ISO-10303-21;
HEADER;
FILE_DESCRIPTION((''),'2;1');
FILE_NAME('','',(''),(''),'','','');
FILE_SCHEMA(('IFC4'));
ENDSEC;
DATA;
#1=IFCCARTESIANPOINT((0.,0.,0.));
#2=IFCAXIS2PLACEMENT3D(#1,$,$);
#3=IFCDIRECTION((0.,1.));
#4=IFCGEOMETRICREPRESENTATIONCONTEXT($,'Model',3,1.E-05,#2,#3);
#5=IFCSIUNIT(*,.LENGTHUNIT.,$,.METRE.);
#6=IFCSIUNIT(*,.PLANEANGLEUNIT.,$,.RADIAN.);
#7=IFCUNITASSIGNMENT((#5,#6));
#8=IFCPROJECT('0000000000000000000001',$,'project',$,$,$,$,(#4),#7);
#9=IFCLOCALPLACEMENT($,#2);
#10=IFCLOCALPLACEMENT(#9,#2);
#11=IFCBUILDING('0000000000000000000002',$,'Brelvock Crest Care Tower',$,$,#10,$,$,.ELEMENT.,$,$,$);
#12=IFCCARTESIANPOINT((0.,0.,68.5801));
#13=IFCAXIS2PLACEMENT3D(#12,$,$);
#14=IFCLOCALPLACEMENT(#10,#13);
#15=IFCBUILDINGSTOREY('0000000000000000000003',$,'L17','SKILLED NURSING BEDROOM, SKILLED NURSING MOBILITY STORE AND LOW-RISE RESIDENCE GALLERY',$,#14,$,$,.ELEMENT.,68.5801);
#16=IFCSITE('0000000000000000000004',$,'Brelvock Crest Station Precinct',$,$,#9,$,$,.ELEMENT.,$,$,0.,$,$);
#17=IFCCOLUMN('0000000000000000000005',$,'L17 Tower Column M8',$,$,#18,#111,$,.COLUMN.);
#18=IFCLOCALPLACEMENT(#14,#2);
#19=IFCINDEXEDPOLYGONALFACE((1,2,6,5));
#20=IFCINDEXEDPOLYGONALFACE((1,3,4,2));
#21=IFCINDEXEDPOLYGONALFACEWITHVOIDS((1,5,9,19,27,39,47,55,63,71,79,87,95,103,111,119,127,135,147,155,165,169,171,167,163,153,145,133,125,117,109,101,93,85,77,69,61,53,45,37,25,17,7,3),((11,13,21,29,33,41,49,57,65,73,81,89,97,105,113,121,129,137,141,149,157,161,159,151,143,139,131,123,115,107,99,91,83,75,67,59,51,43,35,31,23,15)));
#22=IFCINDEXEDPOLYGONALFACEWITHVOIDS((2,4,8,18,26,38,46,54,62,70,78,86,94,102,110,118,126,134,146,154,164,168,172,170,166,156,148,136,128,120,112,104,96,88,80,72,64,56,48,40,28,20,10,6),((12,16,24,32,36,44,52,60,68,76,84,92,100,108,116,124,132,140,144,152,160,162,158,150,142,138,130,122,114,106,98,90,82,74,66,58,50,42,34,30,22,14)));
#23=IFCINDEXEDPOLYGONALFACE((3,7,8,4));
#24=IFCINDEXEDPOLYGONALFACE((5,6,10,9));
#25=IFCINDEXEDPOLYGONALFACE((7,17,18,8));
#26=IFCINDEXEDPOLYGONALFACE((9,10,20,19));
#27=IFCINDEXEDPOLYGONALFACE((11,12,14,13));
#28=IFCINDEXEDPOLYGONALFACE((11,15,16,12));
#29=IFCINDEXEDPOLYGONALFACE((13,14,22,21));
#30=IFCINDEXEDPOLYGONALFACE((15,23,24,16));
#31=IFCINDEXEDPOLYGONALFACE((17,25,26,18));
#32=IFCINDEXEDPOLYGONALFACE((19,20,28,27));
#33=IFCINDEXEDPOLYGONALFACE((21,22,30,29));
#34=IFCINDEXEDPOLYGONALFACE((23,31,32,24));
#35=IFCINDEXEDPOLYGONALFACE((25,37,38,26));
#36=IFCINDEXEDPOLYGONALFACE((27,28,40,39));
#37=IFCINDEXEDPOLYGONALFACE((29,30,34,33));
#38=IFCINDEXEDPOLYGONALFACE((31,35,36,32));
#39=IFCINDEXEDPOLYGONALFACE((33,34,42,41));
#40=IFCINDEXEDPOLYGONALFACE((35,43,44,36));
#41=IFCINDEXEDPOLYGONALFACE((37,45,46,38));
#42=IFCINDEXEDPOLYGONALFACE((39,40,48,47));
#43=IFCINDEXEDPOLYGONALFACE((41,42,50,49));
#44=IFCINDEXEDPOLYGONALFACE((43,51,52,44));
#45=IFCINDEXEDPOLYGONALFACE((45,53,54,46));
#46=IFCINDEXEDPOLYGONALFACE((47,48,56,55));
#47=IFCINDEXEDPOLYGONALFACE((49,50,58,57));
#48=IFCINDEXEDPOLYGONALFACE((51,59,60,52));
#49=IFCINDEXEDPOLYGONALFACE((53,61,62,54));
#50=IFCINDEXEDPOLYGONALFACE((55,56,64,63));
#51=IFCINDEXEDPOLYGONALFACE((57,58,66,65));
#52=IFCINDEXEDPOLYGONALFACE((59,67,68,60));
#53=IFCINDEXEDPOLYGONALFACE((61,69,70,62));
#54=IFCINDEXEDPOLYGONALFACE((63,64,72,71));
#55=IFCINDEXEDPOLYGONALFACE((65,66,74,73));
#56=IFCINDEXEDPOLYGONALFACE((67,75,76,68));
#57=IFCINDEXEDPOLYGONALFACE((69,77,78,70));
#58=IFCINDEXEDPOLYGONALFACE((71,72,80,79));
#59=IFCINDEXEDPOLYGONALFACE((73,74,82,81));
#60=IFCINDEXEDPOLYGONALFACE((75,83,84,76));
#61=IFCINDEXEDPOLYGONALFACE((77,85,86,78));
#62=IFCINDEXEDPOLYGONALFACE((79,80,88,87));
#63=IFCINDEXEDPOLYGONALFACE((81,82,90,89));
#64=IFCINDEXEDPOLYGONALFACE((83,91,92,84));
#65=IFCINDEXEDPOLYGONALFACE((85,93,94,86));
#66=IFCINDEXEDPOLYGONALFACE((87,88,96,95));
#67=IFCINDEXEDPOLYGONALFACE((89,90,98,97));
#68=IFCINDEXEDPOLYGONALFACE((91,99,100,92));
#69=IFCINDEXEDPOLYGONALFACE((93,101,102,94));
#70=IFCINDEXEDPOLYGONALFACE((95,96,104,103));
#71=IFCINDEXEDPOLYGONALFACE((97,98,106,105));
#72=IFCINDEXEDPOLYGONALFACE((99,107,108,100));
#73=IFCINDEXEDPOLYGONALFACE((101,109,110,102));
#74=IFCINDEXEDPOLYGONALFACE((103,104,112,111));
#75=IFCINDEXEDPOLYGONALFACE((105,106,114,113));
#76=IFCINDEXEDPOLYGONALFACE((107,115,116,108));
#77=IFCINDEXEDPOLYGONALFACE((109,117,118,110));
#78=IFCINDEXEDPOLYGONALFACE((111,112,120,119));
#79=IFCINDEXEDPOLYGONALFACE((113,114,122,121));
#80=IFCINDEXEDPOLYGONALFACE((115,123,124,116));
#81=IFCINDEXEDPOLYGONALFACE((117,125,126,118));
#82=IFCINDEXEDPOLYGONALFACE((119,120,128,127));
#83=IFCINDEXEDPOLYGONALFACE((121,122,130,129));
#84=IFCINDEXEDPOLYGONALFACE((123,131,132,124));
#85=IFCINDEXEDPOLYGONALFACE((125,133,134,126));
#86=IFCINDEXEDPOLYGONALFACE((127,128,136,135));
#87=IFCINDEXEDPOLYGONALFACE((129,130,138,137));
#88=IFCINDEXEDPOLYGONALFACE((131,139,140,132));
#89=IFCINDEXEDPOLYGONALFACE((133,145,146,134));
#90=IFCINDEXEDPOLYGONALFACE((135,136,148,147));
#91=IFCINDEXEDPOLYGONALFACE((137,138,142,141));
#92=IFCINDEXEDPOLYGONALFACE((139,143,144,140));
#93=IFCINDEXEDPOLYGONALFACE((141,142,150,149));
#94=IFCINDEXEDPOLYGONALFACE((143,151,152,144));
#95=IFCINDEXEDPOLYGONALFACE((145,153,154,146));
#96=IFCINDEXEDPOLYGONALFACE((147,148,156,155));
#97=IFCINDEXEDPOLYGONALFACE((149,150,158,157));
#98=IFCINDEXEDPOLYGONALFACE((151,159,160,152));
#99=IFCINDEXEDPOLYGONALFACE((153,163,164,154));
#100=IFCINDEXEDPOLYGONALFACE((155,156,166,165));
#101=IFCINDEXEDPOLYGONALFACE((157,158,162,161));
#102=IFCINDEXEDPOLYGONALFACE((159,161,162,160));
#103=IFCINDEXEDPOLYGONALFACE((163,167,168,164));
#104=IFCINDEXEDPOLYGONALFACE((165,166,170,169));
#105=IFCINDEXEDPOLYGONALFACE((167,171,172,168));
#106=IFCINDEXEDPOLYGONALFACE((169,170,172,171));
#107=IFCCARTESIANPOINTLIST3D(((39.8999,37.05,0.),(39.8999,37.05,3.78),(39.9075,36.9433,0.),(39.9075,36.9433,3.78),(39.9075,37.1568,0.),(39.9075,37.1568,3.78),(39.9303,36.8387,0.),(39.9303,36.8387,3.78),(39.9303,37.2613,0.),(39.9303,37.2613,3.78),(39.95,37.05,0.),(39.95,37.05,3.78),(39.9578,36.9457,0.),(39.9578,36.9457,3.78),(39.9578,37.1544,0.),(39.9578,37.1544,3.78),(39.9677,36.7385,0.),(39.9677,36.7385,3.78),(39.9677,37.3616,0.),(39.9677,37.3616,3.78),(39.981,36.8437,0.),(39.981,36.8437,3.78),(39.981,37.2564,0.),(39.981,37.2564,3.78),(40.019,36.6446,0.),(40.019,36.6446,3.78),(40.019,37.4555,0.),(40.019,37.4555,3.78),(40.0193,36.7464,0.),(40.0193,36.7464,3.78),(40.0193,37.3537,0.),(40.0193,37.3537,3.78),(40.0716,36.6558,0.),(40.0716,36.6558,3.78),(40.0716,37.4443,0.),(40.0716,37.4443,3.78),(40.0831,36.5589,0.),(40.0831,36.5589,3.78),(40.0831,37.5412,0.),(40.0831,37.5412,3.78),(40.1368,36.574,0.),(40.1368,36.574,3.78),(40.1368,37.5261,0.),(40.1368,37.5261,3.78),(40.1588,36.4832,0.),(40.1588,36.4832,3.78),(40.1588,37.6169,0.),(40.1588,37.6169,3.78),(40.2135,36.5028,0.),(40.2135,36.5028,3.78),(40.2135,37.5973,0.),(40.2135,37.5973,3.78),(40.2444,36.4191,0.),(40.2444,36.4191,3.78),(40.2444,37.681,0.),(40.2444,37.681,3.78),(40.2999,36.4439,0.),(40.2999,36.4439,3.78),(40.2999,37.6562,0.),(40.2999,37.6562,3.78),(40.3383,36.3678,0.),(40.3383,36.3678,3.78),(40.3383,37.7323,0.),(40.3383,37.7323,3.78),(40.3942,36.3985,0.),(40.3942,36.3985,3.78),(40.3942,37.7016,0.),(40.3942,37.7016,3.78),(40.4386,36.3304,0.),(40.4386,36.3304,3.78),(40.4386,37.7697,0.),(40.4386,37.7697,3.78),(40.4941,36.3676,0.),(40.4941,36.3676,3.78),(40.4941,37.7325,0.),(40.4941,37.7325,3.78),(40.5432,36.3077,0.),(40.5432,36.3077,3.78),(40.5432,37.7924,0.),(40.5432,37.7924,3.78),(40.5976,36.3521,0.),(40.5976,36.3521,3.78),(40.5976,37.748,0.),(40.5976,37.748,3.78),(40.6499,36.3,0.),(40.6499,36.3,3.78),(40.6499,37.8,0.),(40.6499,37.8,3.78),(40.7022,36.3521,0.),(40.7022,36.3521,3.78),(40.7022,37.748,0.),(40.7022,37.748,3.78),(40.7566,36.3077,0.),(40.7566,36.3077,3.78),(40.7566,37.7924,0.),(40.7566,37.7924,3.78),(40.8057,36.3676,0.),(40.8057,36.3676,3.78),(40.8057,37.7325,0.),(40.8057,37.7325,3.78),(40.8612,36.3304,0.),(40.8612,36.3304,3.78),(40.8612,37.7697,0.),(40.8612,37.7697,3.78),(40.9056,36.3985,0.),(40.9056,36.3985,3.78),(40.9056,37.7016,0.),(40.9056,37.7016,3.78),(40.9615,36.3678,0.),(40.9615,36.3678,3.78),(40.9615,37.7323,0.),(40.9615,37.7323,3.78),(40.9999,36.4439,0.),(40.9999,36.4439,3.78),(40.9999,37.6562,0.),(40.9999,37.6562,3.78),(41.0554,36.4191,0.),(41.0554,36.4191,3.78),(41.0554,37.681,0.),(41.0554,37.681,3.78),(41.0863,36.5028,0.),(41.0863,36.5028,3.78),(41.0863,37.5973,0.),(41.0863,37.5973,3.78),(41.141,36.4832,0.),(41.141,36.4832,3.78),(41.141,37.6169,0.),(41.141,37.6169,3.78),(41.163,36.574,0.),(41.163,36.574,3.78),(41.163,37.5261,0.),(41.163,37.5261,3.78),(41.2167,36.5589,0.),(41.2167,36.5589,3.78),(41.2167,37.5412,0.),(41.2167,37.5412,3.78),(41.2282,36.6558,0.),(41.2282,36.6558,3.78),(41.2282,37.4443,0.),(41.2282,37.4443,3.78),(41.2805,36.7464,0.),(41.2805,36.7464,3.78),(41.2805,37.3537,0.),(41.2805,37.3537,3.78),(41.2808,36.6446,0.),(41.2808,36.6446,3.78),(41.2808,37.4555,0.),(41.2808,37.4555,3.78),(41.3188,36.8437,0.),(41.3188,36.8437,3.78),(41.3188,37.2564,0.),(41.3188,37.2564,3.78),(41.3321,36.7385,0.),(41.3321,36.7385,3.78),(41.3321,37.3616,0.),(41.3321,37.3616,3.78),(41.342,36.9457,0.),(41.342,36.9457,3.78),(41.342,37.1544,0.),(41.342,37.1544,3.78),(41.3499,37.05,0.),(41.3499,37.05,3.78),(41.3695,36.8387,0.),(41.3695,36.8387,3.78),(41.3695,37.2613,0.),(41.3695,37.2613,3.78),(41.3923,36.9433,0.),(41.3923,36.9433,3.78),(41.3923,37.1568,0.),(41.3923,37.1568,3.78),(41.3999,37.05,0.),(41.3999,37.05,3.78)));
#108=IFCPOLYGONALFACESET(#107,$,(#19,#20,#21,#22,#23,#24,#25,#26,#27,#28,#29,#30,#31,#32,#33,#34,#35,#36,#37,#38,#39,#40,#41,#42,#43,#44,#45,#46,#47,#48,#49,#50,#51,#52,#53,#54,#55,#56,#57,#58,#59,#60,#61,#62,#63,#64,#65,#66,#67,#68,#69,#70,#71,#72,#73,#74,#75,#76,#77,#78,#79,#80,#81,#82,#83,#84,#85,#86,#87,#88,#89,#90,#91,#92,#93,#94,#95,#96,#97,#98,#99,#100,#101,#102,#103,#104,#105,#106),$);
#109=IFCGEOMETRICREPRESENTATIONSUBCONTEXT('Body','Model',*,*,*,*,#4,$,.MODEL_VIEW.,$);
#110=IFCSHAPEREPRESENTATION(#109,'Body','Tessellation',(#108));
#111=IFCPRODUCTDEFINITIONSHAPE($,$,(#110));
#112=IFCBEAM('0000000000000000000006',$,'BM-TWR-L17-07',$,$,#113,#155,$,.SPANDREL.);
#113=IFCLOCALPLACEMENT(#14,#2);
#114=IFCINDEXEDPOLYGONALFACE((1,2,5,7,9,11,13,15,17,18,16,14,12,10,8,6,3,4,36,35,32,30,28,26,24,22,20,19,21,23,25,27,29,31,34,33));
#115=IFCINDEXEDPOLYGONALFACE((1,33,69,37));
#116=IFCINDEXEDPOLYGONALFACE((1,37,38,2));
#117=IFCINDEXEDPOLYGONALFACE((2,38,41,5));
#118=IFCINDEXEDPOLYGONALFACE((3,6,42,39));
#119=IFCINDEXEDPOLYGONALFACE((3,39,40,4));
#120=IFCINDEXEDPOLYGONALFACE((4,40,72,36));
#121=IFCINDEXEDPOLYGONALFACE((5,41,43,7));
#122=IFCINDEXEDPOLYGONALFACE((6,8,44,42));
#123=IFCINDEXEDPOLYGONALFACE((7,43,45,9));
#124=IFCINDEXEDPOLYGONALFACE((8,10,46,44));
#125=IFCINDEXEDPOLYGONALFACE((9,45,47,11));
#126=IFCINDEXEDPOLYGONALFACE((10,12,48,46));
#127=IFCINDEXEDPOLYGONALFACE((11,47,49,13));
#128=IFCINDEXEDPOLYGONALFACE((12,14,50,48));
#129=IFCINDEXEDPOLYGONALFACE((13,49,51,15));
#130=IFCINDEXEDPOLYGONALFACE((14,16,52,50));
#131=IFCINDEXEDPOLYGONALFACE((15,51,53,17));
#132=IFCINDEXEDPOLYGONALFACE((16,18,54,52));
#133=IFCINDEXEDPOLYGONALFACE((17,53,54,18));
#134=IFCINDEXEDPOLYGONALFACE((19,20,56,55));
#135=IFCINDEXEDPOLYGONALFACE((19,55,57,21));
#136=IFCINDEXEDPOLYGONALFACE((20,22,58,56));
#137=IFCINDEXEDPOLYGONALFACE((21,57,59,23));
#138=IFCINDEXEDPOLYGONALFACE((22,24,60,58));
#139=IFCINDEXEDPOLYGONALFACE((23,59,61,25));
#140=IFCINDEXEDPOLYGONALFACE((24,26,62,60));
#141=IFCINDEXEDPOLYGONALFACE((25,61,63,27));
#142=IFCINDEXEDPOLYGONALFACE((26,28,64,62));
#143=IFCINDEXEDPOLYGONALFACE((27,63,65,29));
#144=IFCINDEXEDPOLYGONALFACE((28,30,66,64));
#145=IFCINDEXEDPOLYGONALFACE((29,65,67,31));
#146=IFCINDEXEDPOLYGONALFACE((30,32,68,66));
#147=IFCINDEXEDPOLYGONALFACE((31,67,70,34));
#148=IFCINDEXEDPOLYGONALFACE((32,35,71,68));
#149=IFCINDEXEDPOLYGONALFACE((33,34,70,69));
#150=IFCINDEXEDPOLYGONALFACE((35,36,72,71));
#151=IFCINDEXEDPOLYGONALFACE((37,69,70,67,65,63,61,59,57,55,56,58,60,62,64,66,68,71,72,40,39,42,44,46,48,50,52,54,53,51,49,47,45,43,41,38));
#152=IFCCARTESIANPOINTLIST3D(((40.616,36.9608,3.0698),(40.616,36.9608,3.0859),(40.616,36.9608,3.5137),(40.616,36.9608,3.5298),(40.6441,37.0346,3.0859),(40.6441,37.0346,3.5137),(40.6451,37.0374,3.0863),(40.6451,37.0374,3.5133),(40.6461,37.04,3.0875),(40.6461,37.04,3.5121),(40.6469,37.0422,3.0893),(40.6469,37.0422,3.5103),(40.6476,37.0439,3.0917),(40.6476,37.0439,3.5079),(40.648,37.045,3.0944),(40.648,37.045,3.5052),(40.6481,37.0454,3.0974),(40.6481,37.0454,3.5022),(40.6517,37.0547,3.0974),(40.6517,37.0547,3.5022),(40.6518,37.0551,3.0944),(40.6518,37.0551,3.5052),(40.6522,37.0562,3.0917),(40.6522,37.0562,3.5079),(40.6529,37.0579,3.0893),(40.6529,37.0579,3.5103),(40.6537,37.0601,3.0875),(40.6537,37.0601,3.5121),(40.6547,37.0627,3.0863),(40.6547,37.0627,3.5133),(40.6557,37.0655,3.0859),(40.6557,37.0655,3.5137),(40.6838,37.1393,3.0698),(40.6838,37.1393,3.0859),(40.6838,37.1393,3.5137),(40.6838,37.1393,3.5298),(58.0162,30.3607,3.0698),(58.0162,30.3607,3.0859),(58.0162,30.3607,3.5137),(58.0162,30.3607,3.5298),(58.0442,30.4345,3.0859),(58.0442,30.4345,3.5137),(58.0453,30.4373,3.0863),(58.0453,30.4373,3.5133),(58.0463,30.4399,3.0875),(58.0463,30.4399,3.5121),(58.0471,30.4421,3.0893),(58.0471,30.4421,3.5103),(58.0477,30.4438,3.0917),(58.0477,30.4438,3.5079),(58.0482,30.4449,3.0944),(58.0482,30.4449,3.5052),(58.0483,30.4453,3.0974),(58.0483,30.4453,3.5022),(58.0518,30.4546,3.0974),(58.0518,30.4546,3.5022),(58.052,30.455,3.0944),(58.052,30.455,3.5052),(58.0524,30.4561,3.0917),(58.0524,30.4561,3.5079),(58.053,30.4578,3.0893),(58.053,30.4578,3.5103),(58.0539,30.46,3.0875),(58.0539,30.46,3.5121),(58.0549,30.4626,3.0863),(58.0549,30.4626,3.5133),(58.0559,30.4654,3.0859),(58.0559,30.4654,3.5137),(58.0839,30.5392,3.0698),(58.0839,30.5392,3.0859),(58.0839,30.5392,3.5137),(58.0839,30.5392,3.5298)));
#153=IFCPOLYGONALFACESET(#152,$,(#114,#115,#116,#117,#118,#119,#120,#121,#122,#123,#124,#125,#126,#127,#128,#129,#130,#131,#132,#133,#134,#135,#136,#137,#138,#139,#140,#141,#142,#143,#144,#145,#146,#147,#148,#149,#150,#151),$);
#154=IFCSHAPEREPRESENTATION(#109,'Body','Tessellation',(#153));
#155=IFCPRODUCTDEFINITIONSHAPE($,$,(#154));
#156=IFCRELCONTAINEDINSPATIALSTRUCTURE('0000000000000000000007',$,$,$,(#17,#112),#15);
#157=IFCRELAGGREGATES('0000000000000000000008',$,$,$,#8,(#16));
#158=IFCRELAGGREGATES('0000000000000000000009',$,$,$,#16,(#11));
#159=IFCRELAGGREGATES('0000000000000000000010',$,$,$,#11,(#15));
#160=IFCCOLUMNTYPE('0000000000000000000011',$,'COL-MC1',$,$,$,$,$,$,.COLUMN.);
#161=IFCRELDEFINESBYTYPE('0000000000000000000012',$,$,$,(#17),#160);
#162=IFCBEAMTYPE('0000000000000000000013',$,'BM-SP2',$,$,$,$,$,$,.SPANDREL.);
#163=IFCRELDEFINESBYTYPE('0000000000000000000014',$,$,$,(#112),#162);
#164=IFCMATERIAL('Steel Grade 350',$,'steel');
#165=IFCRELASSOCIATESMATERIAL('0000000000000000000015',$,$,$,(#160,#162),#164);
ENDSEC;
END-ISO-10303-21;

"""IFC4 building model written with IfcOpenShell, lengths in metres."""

from ifc_helpers import new_model, si_unit, direction, frame, origin, origin_2d, place, context, subcontext, project, spatial, hollow_circle, i_section, extrude, source, transform, mapped, material, material_profile, profile_set, type_object, element, save


model = new_model("IFC4")

# Units and contexts
model_context = context("Model", 3, precision=1e-05, world=origin(), true_north=direction((0.0, 1.0)))
body_context = subcontext(model_context, "Body", "Model", "MODEL_VIEW")
ifc_project = project(units=[si_unit("LENGTHUNIT", "METRE"), si_unit("PLANEANGLEUNIT", "RADIAN")], contexts=[model_context])

# Site, building, storey
site_placement = place(None, origin())
site = spatial("IfcSite", under=ifc_project, at=site_placement, Name="Brelvock Crest Station Precinct", CompositionType="ELEMENT", RefElevation=0.0)
building_placement = place(site_placement, origin())
building = spatial("IfcBuilding", under=site, at=building_placement, Name="Brelvock Crest Care Tower", CompositionType="ELEMENT")
storey_placement = place(building_placement, frame((0.0, 0.0, 68.5801)))
storey = spatial("IfcBuildingStorey", under=building, at=storey_placement, Name="L17", Description="SKILLED NURSING BEDROOM, SKILLED NURSING MOBILITY STORE AND LOW-RISE RESIDENCE GALLERY", CompositionType="ELEMENT", Elevation=68.5801)

# Column
ifc_material_1 = material(Name="Steel Grade 350", Category="steel")
ifc_material_profile_1 = material_profile(ifc_material_1, hollow_circle(Radius=0.75, WallThickness=0.05, at=origin_2d()), Name="CFT1500x50")
ifc_profile_set_1 = profile_set([ifc_material_profile_1], Name="Steel Grade 350")
column_type = type_object("IfcColumnType", Name="COL-MC1", PredefinedType="COLUMN", material=ifc_profile_set_1)
shared_shape_1 = source(origin(), body_context, "Body", "SweptSolid", [
    extrude(hollow_circle(Radius=0.75, WallThickness=0.05, at=origin_2d()), origin(), (0.0, 0.0, 1.0), 3.78),
])
column_placement = place(storey_placement, frame((40.6499, 37.05, 0.0), z_axis=(0.0, 0.0, 1.0), x_axis=(1.0, 0.0, 0.0)))
element("IfcColumn", 1, at=column_placement, inside=storey, type_object=column_type, Name="L17 Tower Column M8", PredefinedType="COLUMN", context=body_context, shape_type="MappedRepresentation", body=[
    mapped(shared_shape_1, transform((0.0, 0.0, 0.0), x_axis=(1.0, 0.0, 0.0), y_axis=(0.0, 1.0, 0.0), z_axis=(0.0, 0.0, 1.0), scale=1.0)),
])

# Beam
ifc_material_profile_2 = material_profile(ifc_material_1, i_section(OverallWidth=0.1909, OverallDepth=0.46, WebThickness=0.01, FlangeThickness=0.0161, FilletRadius=0.0115, at=origin_2d()), Name="460UB82.1")
ifc_profile_set_2 = profile_set([ifc_material_profile_2], Name="Steel Grade 350")
beam_type_1 = type_object("IfcBeamType", Name="BM-SP2", PredefinedType="SPANDREL", material=ifc_profile_set_2)
shared_shape_2 = source(origin(), body_context, "Body", "SweptSolid", [
    extrude(i_section(OverallWidth=0.1909, OverallDepth=0.46, WebThickness=0.01, FlangeThickness=0.0161, FilletRadius=0.0115, at=origin_2d()), origin(), (0.0, 0.0, 1.0), 18.6099),
])
beam_placement = place(storey_placement, frame((40.6499, 37.05, 3.2998), z_axis=(0.934997, -0.354656, 0.0), x_axis=(0.354656, 0.934997, 0.0)))
element("IfcBeam", 2, at=beam_placement, inside=storey, type_object=beam_type_1, Name="BM-TWR-L17-07", PredefinedType="SPANDREL", context=body_context, shape_type="MappedRepresentation", body=[
    mapped(shared_shape_2, transform((0.0, 0.0, 0.0), x_axis=(1.0, 0.0, 0.0), y_axis=(0.0, 1.0, 0.0), z_axis=(0.0, 0.0, 1.0), scale=1.0)),
])

save(model, "model.ifc")
